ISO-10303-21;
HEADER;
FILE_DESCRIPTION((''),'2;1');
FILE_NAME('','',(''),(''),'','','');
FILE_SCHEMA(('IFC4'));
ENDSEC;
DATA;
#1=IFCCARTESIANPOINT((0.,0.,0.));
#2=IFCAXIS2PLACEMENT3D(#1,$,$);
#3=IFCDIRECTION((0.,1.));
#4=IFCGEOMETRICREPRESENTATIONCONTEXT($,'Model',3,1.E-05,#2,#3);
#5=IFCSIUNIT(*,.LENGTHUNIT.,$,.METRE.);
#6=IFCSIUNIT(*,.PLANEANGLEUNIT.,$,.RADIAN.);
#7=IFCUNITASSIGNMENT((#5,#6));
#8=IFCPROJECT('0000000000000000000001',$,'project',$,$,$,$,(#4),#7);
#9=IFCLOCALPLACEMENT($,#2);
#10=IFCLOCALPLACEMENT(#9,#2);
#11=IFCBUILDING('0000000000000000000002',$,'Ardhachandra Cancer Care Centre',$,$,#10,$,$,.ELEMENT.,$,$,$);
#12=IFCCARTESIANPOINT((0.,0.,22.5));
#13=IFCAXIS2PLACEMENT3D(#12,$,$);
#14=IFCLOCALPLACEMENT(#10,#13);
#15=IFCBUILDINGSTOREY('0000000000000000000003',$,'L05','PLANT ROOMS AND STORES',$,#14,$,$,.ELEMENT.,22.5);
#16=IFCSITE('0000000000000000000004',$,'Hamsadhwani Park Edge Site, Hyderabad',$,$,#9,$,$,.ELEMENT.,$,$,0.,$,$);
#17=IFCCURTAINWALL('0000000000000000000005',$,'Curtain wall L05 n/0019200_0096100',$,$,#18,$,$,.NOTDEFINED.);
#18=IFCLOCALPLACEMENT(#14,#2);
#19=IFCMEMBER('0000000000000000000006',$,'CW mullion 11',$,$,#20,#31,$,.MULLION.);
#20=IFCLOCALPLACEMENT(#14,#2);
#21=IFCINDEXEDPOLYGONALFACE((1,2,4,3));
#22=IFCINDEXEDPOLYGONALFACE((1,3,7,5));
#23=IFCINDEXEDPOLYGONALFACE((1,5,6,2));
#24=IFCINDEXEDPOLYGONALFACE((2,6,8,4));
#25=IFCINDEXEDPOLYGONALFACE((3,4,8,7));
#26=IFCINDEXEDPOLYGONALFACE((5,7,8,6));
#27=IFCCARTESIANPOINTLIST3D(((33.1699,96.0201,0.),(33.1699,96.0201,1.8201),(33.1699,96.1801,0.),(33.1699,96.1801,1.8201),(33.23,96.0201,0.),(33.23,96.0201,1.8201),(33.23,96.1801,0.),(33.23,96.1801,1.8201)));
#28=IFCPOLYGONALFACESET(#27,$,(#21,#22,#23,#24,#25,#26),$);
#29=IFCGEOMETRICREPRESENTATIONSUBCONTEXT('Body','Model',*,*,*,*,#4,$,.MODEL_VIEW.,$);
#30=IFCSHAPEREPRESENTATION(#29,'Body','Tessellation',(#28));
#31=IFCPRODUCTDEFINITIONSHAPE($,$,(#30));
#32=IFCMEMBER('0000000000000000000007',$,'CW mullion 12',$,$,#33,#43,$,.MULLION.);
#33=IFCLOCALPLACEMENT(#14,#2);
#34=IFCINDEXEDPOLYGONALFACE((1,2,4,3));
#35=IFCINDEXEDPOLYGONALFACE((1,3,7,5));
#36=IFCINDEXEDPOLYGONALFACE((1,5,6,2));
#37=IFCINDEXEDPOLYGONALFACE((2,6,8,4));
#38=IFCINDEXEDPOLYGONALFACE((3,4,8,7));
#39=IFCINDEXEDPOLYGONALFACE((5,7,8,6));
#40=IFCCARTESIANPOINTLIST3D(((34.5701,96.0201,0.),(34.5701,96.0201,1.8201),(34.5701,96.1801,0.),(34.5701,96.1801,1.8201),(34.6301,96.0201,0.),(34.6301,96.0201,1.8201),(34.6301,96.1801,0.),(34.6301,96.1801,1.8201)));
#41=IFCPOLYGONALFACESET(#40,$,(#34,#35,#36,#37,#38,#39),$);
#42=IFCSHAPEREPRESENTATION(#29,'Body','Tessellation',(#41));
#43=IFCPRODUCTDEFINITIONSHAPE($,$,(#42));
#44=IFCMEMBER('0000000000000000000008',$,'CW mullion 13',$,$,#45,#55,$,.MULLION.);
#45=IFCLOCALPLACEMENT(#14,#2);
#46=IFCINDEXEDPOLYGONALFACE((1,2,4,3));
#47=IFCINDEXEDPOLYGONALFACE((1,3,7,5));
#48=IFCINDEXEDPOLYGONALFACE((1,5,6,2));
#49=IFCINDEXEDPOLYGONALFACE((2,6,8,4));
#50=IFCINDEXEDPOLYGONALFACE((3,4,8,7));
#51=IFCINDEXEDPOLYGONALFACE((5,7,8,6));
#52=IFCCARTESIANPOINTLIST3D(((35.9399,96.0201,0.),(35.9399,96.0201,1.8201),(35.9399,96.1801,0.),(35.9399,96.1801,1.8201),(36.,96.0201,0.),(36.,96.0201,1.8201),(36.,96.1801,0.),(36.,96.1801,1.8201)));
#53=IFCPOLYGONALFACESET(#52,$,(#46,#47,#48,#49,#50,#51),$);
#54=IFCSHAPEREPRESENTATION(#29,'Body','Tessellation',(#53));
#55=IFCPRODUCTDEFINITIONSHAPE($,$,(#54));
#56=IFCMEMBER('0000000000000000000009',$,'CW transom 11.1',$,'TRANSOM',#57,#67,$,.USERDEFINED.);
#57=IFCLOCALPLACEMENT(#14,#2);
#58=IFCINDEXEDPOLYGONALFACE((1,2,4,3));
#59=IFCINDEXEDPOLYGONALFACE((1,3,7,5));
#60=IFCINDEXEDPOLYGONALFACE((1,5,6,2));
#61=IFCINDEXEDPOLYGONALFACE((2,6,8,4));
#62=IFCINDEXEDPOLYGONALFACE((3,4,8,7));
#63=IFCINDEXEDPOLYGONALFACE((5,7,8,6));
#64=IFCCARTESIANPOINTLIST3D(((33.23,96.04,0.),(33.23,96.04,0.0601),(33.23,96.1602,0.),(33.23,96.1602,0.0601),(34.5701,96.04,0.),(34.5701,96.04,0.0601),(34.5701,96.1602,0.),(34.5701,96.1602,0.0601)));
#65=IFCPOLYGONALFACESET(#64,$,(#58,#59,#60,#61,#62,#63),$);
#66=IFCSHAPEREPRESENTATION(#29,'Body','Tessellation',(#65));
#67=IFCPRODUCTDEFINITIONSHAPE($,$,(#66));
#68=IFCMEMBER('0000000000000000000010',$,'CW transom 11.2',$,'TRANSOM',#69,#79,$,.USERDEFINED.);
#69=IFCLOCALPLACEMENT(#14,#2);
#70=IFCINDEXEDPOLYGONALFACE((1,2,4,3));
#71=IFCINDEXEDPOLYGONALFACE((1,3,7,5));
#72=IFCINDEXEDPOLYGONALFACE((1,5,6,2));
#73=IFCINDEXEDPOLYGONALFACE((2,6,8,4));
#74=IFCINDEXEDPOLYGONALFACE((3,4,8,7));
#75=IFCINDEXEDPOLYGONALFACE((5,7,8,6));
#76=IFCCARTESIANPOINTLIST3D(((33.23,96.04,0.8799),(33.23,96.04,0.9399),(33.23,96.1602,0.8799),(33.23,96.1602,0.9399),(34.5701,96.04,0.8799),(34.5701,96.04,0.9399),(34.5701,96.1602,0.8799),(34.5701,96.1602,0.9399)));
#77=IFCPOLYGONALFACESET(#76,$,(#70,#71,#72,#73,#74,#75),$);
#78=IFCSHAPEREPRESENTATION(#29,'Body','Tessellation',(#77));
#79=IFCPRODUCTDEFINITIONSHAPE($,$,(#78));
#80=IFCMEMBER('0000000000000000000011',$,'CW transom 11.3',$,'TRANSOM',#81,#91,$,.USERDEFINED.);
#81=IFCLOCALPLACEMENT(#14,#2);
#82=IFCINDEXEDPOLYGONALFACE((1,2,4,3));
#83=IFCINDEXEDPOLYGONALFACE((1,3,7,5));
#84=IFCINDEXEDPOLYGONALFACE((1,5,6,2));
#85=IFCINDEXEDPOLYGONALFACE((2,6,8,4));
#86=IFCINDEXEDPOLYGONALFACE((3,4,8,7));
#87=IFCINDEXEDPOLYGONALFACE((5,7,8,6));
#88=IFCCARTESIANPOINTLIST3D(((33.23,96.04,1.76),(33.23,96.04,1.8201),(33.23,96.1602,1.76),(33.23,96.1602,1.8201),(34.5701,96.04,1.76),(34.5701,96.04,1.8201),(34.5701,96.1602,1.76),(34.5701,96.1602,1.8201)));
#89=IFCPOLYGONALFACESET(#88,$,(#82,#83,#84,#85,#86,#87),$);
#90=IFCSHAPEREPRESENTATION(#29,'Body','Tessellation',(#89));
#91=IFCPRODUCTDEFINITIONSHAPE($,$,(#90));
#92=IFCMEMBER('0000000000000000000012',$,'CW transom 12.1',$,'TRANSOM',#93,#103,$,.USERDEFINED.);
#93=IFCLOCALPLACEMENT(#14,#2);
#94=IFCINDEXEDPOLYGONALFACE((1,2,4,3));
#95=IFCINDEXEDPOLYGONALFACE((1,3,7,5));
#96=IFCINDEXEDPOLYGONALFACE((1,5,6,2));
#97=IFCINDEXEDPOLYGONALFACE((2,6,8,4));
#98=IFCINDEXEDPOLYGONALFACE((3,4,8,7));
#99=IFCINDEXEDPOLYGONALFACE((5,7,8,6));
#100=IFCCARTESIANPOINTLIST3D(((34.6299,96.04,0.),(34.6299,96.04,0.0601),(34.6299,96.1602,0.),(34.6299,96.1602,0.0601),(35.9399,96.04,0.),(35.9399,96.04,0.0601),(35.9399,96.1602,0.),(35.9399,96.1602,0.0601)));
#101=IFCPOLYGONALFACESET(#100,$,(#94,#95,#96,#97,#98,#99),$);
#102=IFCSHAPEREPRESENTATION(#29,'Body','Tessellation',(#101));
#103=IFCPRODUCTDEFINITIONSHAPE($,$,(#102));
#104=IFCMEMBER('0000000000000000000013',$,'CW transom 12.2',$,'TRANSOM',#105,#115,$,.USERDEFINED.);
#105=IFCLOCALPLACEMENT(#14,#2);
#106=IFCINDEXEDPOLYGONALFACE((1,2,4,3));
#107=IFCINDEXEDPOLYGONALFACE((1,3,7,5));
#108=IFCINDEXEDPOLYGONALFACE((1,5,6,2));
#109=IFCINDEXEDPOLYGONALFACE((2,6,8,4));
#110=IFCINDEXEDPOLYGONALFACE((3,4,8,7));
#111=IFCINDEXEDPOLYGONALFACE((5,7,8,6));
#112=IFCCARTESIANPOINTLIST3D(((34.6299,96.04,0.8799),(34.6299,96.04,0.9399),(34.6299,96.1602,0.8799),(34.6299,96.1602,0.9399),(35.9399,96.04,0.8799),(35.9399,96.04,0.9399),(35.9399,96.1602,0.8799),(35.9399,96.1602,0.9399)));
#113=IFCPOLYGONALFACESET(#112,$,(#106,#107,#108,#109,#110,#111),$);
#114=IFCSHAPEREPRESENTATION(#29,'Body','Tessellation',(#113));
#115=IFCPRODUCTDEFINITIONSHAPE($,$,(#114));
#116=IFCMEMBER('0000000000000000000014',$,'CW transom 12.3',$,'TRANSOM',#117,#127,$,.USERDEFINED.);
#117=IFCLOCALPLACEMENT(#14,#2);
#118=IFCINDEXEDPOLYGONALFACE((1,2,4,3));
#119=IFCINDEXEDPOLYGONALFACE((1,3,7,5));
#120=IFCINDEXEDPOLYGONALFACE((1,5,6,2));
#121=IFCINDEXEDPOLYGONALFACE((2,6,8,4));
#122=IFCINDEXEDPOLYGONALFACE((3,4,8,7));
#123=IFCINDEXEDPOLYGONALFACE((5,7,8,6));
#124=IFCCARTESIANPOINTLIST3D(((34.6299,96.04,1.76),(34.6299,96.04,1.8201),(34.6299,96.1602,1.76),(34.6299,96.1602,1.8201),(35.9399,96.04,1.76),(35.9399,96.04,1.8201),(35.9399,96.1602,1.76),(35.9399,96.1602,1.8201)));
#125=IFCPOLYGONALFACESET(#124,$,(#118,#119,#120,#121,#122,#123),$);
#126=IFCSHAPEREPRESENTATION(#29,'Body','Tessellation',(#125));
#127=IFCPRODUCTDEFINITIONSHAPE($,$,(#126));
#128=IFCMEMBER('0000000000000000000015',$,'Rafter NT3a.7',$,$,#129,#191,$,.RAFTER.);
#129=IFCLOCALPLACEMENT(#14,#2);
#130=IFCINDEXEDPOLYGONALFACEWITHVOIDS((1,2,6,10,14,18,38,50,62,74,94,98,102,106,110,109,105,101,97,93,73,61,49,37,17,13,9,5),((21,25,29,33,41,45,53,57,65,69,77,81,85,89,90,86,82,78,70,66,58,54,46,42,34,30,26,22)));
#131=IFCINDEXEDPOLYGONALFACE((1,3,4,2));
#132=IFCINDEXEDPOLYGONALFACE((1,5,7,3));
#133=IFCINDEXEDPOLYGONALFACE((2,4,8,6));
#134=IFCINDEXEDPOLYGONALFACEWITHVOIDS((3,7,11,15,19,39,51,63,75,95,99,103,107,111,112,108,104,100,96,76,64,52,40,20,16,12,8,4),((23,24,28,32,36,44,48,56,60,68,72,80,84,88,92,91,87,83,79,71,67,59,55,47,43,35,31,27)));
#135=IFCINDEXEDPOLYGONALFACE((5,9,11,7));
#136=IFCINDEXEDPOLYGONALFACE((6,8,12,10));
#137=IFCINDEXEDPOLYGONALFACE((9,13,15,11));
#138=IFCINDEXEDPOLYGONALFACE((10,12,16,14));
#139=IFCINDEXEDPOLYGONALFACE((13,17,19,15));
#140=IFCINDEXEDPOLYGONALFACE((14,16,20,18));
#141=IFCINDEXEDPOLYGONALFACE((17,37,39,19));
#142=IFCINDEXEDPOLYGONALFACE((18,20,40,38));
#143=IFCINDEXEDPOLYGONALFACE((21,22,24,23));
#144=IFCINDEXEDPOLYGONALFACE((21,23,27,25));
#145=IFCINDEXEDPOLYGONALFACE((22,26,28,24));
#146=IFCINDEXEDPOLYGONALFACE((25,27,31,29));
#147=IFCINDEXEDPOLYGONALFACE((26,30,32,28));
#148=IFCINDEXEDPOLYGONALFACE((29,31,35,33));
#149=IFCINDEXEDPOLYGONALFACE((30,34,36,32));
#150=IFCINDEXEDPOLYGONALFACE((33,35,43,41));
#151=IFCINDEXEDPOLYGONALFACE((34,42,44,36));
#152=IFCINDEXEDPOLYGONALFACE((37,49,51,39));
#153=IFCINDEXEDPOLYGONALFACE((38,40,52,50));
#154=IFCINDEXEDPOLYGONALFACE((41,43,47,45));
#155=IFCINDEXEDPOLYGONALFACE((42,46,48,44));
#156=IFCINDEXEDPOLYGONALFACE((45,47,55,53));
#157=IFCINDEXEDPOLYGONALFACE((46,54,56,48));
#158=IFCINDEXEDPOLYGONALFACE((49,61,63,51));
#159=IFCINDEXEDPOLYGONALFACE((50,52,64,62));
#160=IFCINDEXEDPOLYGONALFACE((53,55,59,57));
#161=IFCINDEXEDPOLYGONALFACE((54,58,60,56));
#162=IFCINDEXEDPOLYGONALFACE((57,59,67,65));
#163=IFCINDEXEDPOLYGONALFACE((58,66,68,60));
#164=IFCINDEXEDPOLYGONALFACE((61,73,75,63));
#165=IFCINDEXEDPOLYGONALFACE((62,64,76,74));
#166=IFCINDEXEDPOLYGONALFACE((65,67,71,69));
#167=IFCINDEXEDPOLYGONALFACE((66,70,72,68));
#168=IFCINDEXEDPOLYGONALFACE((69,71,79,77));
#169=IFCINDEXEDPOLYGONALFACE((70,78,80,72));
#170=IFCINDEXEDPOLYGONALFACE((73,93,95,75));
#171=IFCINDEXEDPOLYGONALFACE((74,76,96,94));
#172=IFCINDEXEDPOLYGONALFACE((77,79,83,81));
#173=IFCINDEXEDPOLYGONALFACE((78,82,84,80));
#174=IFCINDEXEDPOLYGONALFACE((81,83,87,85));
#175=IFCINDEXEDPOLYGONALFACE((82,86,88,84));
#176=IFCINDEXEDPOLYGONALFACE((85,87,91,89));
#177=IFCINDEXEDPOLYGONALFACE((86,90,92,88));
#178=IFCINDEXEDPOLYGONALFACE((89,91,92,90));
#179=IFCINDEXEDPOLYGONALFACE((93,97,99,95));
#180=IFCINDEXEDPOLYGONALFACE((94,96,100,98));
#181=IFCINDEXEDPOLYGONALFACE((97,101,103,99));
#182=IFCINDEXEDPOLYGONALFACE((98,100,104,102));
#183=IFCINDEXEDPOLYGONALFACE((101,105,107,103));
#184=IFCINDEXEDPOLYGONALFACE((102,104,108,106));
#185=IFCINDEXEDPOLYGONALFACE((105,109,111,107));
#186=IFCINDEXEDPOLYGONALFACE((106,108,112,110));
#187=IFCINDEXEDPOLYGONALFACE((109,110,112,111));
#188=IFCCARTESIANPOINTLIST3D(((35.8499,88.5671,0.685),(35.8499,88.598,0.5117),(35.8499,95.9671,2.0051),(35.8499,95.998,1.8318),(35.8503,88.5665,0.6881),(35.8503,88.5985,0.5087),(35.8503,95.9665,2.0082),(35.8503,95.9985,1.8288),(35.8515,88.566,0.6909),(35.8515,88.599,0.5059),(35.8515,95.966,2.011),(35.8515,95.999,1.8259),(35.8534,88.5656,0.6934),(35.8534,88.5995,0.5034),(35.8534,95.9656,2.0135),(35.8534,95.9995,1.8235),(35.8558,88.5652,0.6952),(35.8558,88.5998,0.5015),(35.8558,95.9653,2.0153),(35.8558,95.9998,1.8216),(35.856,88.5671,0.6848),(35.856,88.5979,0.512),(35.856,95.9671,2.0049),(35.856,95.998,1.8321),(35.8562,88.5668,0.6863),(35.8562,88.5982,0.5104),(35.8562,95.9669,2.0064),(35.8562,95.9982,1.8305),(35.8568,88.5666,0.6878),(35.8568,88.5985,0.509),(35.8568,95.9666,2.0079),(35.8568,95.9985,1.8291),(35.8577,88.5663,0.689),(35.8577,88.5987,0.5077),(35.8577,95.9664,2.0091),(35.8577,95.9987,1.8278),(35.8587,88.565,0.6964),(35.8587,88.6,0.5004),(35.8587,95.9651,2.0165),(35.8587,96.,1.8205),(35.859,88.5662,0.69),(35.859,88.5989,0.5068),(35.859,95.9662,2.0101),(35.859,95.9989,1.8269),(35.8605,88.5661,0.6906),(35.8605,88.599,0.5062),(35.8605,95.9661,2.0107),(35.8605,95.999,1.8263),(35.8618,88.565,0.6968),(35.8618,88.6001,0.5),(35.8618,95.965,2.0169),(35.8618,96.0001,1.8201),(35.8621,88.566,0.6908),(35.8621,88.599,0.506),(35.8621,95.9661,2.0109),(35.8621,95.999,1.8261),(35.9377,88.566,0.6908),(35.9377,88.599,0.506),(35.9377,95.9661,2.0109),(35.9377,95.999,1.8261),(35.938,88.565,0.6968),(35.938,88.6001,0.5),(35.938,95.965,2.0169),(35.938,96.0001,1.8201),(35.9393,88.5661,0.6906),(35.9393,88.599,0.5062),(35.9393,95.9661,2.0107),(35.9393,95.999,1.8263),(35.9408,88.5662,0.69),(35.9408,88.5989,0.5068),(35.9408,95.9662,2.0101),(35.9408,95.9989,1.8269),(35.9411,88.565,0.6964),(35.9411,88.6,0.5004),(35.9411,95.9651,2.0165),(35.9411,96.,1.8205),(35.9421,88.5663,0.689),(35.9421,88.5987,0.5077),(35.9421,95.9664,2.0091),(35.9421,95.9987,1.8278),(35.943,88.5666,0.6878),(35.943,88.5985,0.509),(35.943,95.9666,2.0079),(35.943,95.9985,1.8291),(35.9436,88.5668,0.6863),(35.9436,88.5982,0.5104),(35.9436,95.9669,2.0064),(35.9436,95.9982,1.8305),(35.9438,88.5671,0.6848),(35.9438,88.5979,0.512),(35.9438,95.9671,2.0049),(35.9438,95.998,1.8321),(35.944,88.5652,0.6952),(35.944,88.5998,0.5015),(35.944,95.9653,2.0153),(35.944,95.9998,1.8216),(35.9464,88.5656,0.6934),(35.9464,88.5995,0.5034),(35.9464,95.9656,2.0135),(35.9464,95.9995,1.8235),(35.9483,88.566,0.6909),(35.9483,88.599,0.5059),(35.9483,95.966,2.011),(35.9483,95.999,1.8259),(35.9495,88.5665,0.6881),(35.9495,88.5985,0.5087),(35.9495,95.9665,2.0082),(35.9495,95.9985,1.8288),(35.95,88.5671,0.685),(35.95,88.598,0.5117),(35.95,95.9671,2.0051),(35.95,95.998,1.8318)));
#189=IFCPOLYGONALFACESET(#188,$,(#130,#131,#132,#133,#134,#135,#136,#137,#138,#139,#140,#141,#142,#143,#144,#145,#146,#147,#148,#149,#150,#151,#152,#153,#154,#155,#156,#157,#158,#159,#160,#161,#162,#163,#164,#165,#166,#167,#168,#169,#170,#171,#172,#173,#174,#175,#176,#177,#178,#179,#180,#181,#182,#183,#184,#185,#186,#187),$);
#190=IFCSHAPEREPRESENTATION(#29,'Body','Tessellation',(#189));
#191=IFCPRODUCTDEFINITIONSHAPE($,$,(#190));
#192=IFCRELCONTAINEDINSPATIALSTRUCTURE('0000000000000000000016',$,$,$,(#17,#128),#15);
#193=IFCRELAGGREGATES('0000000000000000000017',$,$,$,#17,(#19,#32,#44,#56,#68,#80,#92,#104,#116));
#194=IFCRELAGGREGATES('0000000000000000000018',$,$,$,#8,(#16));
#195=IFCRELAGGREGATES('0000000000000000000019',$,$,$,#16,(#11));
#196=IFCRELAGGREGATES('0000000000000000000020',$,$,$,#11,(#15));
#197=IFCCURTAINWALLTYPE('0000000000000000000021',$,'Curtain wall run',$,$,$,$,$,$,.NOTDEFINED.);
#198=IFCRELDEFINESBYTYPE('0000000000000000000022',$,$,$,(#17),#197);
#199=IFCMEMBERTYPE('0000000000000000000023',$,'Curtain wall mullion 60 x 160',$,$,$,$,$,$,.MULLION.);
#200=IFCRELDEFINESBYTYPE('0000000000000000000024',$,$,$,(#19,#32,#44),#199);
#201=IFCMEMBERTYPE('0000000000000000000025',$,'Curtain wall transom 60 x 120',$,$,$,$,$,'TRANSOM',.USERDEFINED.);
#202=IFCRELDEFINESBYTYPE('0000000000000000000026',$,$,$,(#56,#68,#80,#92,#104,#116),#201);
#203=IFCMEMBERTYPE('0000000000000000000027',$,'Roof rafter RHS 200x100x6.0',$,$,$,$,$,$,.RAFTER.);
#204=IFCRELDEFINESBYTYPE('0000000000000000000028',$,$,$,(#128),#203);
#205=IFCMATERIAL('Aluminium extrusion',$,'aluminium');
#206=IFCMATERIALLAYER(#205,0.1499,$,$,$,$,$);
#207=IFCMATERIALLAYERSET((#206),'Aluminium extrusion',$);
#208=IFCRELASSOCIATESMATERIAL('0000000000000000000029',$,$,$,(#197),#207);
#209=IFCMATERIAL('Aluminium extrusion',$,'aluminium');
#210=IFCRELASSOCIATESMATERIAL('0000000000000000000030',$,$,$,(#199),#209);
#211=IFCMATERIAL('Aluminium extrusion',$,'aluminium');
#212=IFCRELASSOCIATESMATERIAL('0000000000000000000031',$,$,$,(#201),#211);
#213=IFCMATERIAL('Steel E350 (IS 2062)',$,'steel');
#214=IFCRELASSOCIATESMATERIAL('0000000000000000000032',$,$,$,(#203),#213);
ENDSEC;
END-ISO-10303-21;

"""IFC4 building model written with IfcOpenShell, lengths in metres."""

from ifc_helpers import new_model, si_unit, direction, frame, origin, origin_2d, place, context, subcontext, project, spatial, rectangle, hollow_rectangle, extrude, material, layer, layer_set, material_profile, profile_set, type_object, element, aggregate, save


model = new_model("IFC4")

# Units and contexts
model_context = context("Model", 3, precision=1e-05, world=origin(), true_north=direction((0.0, 1.0)))
body_context = subcontext(model_context, "Body", "Model", "MODEL_VIEW")
ifc_project = project(units=[si_unit("LENGTHUNIT", "METRE"), si_unit("PLANEANGLEUNIT", "RADIAN")], contexts=[model_context])

# Site, building, storey
site_placement = place(None, origin())
site = spatial("IfcSite", under=ifc_project, at=site_placement, Name="Hamsadhwani Park Edge Site, Hyderabad", CompositionType="ELEMENT", RefElevation=0.0)
building_placement = place(site_placement, origin())
building = spatial("IfcBuilding", under=site, at=building_placement, Name="Ardhachandra Cancer Care Centre", CompositionType="ELEMENT")
storey_placement = place(building_placement, frame((0.0, 0.0, 22.5)))
storey = spatial("IfcBuildingStorey", under=building, at=storey_placement, Name="L05", Description="PLANT ROOMS AND STORES", CompositionType="ELEMENT", Elevation=22.5)

# Curtain wall, members
ifc_material_1 = material(Name="Aluminium extrusion", Category="aluminium")
ifc_layer_1 = layer(ifc_material_1, 0.1499)
ifc_layer_set_1 = layer_set([ifc_layer_1], Name="Aluminium extrusion")
curtain_wall_type = type_object("IfcCurtainWallType", Name="Curtain wall run", PredefinedType="NOTDEFINED", material=ifc_layer_set_1)
curtain_wall_1_placement = place(storey_placement, origin())
curtain_wall_1 = element("IfcCurtainWall", 1, at=curtain_wall_1_placement, inside=storey, type_object=curtain_wall_type, Name="Curtain wall L05 n/0019200_0096100", PredefinedType="NOTDEFINED")
ifc_material_2 = material(Name="Aluminium extrusion", Category="aluminium")
ifc_material_profile_1 = material_profile(ifc_material_2, rectangle(XDim=0.1599, YDim=0.0601, at=origin_2d()), Name="Curtain wall mullion 60 x 160")
ifc_profile_set_1 = profile_set([ifc_material_profile_1], Name="Aluminium extrusion")
member_type_1 = type_object("IfcMemberType", Name="Curtain wall mullion 60 x 160", PredefinedType="MULLION", material=ifc_profile_set_1)
member_1_placement = place(storey_placement, frame((33.2, 96.1001, 0.0), z_axis=(0.0, 0.0, 1.0), x_axis=(0.0, 1.0, 0.0)))
member_1 = element("IfcMember", 2, at=member_1_placement, type_object=member_type_1, Name="CW mullion 11", PredefinedType="MULLION", context=body_context, shape_type="SweptSolid", body=[
    extrude(rectangle(XDim=0.1599, YDim=0.0601, at=origin_2d()), origin(), (0.0, 0.0, 1.0), 1.8201),
])
member_2_placement = place(storey_placement, frame((34.6001, 96.1001, 0.0), z_axis=(0.0, 0.0, 1.0), x_axis=(0.0, 1.0, 0.0)))
member_2 = element("IfcMember", 3, at=member_2_placement, type_object=member_type_1, Name="CW mullion 12", PredefinedType="MULLION", context=body_context, shape_type="SweptSolid", body=[
    extrude(rectangle(XDim=0.1599, YDim=0.0601, at=origin_2d()), origin(), (0.0, 0.0, 1.0), 1.8201),
])
member_3_placement = place(storey_placement, frame((35.97, 96.1001, 0.0), z_axis=(0.0, 0.0, 1.0), x_axis=(0.0, 1.0, 0.0)))
member_3 = element("IfcMember", 4, at=member_3_placement, type_object=member_type_1, Name="CW mullion 13", PredefinedType="MULLION", context=body_context, shape_type="SweptSolid", body=[
    extrude(rectangle(XDim=0.1599, YDim=0.0601, at=origin_2d()), origin(), (0.0, 0.0, 1.0), 1.8201),
])
ifc_material_3 = material(Name="Aluminium extrusion", Category="aluminium")
ifc_material_profile_2 = material_profile(ifc_material_3, rectangle(XDim=0.1201, YDim=0.0601, at=origin_2d()), Name="Curtain wall transom 60 x 120")
ifc_profile_set_2 = profile_set([ifc_material_profile_2], Name="Aluminium extrusion")
member_type_2 = type_object("IfcMemberType", Name="Curtain wall transom 60 x 120", ElementType="TRANSOM", PredefinedType="USERDEFINED", material=ifc_profile_set_2)
member_4_placement = place(storey_placement, frame((33.23, 96.1001, 0.03), z_axis=(1.0, 0.0, 0.0), x_axis=(0.0, 1.0, 0.0)))
member_4 = element("IfcMember", 5, at=member_4_placement, type_object=member_type_2, Name="CW transom 11.1", ObjectType="TRANSOM", PredefinedType="USERDEFINED", context=body_context, shape_type="SweptSolid", body=[
    extrude(rectangle(XDim=0.1201, YDim=0.0601, at=origin_2d()), origin(), (0.0, 0.0, 1.0), 1.3401),
])
member_5_placement = place(storey_placement, frame((33.23, 96.1001, 0.9099), z_axis=(1.0, 0.0, 0.0), x_axis=(0.0, 1.0, 0.0)))
member_5 = element("IfcMember", 6, at=member_5_placement, type_object=member_type_2, Name="CW transom 11.2", ObjectType="TRANSOM", PredefinedType="USERDEFINED", context=body_context, shape_type="SweptSolid", body=[
    extrude(rectangle(XDim=0.1201, YDim=0.0601, at=origin_2d()), origin(), (0.0, 0.0, 1.0), 1.3401),
])
member_6_placement = place(storey_placement, frame((33.23, 96.1001, 1.79), z_axis=(1.0, 0.0, 0.0), x_axis=(0.0, 1.0, 0.0)))
member_6 = element("IfcMember", 7, at=member_6_placement, type_object=member_type_2, Name="CW transom 11.3", ObjectType="TRANSOM", PredefinedType="USERDEFINED", context=body_context, shape_type="SweptSolid", body=[
    extrude(rectangle(XDim=0.1201, YDim=0.0601, at=origin_2d()), origin(), (0.0, 0.0, 1.0), 1.3401),
])
member_7_placement = place(storey_placement, frame((34.6299, 96.1001, 0.03), z_axis=(1.0, 0.0, 0.0), x_axis=(0.0, 1.0, 0.0)))
member_7 = element("IfcMember", 8, at=member_7_placement, type_object=member_type_2, Name="CW transom 12.1", ObjectType="TRANSOM", PredefinedType="USERDEFINED", context=body_context, shape_type="SweptSolid", body=[
    extrude(rectangle(XDim=0.1201, YDim=0.0601, at=origin_2d()), origin(), (0.0, 0.0, 1.0), 1.3101),
])
member_8_placement = place(storey_placement, frame((34.6299, 96.1001, 0.9099), z_axis=(1.0, 0.0, 0.0), x_axis=(0.0, 1.0, 0.0)))
member_8 = element("IfcMember", 9, at=member_8_placement, type_object=member_type_2, Name="CW transom 12.2", ObjectType="TRANSOM", PredefinedType="USERDEFINED", context=body_context, shape_type="SweptSolid", body=[
    extrude(rectangle(XDim=0.1201, YDim=0.0601, at=origin_2d()), origin(), (0.0, 0.0, 1.0), 1.3101),
])
member_9_placement = place(storey_placement, frame((34.6299, 96.1001, 1.79), z_axis=(1.0, 0.0, 0.0), x_axis=(0.0, 1.0, 0.0)))
member_9 = element("IfcMember", 10, at=member_9_placement, type_object=member_type_2, Name="CW transom 12.3", ObjectType="TRANSOM", PredefinedType="USERDEFINED", context=body_context, shape_type="SweptSolid", body=[
    extrude(rectangle(XDim=0.1201, YDim=0.0601, at=origin_2d()), origin(), (0.0, 0.0, 1.0), 1.3101),
])

# Member
ifc_material_4 = material(Name="Steel E350 (IS 2062)", Category="steel")
ifc_material_profile_3 = material_profile(ifc_material_4, hollow_rectangle(XDim=0.1001, YDim=0.2, WallThickness=0.0061, InnerFilletRadius=0.0061, OuterFilletRadius=0.012, at=origin_2d()), Name="RHS 200x100x6.0")
ifc_profile_set_3 = profile_set([ifc_material_profile_3], Name="Steel E350 (IS 2062)")
member_type_3 = type_object("IfcMemberType", Name="Roof rafter RHS 200x100x6.0", PredefinedType="RAFTER", material=ifc_profile_set_3)
member_10_placement = place(storey_placement, frame((35.8999, 88.5825, 0.5984), z_axis=(0.0, 0.984458, 0.175618), x_axis=(-1.0, 0.0, 0.0)))
element("IfcMember", 11, at=member_10_placement, inside=storey, type_object=member_type_3, Name="Rafter NT3a.7", PredefinedType="RAFTER", context=body_context, shape_type="SweptSolid", body=[
    extrude(hollow_rectangle(XDim=0.1001, YDim=0.2, WallThickness=0.0061, InnerFilletRadius=0.0061, OuterFilletRadius=0.012, at=origin_2d()), origin(), (0.0, 0.0, 1.0), 7.5168),
])

aggregate(curtain_wall_1, [member_1, member_2, member_3, member_4, member_5, member_6, member_7, member_8, member_9])

save(model, "model.ifc")
